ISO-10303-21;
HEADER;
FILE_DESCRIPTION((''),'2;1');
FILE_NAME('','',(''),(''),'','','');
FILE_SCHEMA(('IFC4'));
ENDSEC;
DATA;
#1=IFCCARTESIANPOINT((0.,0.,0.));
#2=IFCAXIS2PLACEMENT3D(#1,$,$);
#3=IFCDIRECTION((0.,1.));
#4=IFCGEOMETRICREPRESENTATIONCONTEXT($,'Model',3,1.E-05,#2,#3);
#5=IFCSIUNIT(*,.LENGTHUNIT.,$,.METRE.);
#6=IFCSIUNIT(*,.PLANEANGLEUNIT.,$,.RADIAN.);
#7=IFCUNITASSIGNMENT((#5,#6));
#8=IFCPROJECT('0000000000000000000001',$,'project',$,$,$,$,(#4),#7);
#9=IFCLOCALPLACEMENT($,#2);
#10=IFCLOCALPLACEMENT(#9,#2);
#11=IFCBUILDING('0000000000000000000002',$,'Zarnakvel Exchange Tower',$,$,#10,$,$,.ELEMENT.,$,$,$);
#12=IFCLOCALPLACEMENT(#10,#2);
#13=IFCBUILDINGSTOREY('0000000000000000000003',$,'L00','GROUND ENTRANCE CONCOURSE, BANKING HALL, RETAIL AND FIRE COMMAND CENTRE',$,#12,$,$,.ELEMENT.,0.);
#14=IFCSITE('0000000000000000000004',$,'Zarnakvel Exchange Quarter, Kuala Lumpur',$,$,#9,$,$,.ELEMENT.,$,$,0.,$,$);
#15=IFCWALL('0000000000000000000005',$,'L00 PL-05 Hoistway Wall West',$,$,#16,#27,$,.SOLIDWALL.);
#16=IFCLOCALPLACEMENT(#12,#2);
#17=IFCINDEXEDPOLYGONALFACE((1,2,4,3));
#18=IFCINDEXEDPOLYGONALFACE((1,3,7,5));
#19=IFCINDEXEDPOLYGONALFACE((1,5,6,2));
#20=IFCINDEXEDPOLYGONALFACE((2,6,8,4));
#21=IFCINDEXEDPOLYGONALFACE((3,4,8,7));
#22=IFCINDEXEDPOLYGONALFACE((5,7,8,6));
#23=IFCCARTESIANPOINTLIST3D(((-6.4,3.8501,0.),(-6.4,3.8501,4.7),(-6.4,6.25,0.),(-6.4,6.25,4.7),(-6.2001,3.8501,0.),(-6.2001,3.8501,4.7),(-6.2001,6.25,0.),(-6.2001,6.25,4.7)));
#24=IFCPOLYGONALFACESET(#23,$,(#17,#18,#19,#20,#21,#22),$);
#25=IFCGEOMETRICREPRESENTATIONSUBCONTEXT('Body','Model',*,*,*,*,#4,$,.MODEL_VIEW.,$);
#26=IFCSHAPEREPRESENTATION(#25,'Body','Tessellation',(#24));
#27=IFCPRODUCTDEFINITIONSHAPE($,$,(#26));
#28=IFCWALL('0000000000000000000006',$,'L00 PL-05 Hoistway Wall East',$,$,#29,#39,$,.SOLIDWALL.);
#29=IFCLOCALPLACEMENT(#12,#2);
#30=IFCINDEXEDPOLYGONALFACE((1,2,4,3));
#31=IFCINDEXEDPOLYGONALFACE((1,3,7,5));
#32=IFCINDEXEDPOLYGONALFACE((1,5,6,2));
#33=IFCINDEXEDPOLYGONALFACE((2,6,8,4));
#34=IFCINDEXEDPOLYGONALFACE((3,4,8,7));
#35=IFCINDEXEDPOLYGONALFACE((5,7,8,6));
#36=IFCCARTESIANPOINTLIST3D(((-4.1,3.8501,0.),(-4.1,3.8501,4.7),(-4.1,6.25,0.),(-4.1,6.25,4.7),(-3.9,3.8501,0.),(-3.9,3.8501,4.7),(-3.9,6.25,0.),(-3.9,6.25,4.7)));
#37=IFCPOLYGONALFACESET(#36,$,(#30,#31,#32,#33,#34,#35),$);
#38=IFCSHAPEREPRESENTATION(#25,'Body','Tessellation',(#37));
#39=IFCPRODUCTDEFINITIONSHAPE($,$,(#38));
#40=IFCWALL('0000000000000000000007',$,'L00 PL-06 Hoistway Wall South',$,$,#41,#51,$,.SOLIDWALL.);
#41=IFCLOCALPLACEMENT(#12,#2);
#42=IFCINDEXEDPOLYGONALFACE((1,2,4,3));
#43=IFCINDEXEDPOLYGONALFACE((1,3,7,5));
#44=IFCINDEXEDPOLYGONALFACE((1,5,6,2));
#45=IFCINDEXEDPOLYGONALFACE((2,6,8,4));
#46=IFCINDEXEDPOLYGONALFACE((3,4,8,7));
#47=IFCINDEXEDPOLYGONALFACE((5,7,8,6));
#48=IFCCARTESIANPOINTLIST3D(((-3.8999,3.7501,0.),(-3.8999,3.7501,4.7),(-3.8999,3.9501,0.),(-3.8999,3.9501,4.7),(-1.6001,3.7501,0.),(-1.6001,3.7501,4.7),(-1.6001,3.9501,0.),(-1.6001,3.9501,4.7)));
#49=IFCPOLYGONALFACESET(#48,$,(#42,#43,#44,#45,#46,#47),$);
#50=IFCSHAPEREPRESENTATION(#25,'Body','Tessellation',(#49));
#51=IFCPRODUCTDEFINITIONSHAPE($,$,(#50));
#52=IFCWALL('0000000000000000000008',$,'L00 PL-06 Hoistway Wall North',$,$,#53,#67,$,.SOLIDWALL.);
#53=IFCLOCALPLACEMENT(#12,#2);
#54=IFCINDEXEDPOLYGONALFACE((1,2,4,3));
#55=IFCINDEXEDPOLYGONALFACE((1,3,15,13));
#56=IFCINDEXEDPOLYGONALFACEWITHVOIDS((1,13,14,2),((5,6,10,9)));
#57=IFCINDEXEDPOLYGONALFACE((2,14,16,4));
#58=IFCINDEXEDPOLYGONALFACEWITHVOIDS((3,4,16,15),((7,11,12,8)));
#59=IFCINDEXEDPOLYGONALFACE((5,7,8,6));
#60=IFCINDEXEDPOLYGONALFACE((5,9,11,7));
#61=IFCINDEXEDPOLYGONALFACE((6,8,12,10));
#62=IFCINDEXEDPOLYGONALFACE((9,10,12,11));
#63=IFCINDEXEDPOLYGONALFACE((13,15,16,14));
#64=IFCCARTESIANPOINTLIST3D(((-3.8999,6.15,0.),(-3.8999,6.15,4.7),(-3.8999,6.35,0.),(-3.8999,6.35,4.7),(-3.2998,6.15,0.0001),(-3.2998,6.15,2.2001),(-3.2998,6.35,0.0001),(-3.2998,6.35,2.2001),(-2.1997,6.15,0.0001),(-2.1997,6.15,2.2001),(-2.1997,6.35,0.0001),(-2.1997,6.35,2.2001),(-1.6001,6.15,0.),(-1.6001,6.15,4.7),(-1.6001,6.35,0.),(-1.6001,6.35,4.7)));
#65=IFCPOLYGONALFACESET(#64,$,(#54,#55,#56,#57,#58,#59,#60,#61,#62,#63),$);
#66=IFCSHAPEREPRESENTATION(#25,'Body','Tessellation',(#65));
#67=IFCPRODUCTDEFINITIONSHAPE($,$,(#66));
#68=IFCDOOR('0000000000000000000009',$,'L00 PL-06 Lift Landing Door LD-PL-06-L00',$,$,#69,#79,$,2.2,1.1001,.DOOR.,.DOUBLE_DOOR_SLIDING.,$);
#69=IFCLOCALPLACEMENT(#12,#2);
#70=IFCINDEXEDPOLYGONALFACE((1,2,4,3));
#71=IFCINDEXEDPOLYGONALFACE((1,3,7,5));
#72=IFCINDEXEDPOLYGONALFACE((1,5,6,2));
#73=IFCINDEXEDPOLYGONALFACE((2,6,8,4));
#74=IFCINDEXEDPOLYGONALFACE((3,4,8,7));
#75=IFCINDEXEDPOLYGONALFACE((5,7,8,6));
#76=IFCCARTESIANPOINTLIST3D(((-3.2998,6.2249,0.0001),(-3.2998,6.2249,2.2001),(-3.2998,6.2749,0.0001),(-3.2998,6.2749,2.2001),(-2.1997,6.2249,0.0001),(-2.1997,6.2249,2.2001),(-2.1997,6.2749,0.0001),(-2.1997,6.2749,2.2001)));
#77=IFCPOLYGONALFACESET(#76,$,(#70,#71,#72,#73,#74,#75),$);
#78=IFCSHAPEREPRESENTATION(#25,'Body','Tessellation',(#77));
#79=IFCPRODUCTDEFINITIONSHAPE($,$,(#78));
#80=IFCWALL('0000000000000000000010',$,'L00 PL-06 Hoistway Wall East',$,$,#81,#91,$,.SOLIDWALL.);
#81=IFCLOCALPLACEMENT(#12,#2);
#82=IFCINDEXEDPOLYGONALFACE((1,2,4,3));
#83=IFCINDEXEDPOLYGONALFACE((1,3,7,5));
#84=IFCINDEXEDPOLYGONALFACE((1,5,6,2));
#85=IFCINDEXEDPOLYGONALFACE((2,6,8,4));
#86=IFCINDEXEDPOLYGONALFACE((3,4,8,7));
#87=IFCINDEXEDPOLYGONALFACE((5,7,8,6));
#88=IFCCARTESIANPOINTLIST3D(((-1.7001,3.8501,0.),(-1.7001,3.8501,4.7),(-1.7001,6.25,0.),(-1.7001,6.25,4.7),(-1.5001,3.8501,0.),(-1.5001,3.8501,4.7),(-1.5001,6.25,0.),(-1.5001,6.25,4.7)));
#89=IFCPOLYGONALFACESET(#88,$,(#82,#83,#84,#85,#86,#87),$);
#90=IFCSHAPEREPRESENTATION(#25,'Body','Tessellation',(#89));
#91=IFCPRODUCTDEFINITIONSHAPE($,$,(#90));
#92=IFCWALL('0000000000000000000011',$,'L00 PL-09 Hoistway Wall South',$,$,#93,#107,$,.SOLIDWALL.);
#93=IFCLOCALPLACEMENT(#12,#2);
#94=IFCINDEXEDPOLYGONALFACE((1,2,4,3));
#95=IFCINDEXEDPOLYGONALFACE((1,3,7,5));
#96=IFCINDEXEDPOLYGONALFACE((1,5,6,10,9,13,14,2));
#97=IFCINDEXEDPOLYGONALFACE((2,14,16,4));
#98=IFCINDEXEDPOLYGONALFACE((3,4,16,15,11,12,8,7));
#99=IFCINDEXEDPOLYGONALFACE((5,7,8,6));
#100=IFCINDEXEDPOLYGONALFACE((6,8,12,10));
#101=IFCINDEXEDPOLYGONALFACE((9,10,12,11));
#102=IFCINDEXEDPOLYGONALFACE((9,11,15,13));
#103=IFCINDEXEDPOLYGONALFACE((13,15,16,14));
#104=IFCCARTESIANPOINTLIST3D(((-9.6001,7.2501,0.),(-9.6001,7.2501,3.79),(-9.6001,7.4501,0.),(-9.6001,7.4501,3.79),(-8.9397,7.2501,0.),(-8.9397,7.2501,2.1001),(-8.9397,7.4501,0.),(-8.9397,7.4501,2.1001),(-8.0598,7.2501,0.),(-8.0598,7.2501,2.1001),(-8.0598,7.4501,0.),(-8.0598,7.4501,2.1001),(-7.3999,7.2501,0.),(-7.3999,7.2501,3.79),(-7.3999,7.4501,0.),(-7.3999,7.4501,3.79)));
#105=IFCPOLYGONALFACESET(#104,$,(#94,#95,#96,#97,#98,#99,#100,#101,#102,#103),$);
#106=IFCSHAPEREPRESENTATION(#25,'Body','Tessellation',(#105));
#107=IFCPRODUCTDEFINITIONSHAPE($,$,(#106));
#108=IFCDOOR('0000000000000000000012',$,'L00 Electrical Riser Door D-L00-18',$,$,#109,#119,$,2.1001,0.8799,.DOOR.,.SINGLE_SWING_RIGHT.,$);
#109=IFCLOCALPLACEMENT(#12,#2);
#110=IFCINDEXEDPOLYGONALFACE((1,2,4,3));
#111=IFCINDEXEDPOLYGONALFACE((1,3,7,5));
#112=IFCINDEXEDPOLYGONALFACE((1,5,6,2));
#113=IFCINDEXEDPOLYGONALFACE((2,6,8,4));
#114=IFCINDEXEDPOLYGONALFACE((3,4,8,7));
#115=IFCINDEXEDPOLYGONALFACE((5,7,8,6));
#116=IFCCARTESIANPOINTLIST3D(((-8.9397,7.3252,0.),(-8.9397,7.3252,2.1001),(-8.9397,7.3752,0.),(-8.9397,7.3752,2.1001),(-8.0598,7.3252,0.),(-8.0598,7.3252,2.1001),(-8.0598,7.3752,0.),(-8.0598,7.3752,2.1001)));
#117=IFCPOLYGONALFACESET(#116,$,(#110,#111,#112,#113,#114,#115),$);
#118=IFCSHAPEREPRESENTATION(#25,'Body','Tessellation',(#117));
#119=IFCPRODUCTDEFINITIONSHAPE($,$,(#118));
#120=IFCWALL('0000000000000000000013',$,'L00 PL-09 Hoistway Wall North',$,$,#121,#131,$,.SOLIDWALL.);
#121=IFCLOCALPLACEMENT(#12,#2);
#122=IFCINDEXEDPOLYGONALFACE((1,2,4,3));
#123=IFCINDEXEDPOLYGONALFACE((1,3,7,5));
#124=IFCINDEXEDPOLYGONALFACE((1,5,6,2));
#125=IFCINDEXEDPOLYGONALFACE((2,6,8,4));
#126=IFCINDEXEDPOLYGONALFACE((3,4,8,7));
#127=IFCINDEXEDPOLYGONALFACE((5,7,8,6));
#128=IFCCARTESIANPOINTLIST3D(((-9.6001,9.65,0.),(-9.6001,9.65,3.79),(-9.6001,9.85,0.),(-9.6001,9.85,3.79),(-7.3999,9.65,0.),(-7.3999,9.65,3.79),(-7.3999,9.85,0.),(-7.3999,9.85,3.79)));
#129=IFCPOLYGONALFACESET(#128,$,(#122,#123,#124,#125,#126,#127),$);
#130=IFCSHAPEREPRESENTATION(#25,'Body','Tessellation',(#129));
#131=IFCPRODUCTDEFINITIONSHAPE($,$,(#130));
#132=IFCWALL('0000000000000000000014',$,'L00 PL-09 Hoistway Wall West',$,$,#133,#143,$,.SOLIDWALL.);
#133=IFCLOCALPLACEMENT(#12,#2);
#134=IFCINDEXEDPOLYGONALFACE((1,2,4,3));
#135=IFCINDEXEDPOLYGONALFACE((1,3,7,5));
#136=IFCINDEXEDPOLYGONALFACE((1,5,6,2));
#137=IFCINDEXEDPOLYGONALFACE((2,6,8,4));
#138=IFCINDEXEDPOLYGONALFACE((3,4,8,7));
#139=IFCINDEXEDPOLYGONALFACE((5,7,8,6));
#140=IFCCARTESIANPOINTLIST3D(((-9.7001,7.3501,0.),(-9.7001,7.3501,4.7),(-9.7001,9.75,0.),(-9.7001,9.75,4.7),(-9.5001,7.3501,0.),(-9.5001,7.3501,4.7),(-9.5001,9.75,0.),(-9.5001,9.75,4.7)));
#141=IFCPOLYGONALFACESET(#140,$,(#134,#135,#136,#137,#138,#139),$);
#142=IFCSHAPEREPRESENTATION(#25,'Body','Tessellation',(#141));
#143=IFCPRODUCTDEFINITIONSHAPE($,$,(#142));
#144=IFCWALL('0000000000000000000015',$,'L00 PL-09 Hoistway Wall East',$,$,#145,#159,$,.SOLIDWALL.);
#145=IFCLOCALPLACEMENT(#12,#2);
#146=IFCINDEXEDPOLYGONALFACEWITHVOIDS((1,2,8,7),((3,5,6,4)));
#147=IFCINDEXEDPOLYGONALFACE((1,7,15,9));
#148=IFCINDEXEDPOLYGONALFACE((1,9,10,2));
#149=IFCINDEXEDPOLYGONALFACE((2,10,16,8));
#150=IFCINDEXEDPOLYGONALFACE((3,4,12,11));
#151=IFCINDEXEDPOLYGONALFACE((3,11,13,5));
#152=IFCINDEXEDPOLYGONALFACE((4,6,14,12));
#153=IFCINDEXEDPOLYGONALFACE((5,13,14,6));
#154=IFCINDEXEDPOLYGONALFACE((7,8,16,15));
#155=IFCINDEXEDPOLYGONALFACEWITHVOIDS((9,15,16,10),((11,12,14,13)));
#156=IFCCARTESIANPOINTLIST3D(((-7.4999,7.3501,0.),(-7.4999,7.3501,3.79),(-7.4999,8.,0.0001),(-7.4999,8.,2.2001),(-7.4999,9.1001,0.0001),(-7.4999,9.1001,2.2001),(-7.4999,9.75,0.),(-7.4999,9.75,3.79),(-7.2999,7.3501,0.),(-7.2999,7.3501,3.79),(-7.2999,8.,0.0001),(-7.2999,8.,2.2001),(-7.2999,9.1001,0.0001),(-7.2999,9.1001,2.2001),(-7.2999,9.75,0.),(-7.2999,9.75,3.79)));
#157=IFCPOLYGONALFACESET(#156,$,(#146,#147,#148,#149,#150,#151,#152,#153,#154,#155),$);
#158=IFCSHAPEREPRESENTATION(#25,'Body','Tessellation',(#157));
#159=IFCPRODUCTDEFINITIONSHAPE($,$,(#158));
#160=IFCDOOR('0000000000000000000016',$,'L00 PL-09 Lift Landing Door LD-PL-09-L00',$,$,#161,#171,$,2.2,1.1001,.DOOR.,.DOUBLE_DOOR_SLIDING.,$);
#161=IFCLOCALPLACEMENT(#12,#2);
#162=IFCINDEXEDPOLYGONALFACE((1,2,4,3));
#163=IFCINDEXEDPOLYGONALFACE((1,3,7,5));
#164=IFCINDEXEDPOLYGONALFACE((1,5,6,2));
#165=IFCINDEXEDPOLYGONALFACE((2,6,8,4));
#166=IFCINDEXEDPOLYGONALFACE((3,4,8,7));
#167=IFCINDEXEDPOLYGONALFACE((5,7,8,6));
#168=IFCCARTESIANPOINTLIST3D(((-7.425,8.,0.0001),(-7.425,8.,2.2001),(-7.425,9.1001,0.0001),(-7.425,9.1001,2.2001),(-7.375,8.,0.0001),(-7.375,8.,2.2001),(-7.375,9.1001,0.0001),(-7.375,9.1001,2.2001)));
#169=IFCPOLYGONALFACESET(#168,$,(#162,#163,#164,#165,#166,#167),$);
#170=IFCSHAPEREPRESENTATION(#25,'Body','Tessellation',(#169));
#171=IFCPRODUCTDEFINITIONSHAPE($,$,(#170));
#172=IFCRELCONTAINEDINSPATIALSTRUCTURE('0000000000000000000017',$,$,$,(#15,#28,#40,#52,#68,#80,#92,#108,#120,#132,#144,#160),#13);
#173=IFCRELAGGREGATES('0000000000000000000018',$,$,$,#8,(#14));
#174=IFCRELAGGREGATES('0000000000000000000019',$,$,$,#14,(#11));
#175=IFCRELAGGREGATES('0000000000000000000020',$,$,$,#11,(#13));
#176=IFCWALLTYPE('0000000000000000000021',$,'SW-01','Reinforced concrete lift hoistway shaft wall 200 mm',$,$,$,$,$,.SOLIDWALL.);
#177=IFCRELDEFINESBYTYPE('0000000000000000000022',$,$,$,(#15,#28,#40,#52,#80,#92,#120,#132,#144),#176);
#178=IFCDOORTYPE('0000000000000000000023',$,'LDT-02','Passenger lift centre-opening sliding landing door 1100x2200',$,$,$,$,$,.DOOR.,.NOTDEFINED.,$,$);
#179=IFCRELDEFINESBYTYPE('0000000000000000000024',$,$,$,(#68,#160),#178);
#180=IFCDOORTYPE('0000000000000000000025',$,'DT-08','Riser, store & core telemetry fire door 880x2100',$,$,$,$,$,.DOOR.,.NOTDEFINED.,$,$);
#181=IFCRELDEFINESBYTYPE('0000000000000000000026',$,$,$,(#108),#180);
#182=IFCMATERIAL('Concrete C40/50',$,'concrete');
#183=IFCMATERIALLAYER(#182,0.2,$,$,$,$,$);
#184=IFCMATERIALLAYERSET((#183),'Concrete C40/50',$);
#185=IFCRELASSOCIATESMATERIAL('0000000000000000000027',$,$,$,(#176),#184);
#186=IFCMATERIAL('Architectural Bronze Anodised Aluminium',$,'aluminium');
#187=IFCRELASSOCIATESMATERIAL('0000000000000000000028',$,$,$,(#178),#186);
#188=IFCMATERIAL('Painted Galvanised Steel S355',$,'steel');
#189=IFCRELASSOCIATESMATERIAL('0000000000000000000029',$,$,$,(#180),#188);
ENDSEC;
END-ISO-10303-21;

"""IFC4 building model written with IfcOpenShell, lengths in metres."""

from ifc_helpers import new_model, si_unit, direction, frame, frame_2d, origin, place, context, subcontext, project, spatial, rectangle, extrude, source, transform, mapped, material, layer, layer_set, type_object, element, fill, save


model = new_model("IFC4")

# Units and contexts
model_context = context("Model", 3, precision=1e-05, world=origin(), true_north=direction((0.0, 1.0)))
body_context = subcontext(model_context, "Body", "Model", "MODEL_VIEW")
ifc_project = project(units=[si_unit("LENGTHUNIT", "METRE"), si_unit("PLANEANGLEUNIT", "RADIAN")], contexts=[model_context])

# Site, building, storey
site_placement = place(None, origin())
site = spatial("IfcSite", under=ifc_project, at=site_placement, Name="Zarnakvel Exchange Quarter, Kuala Lumpur", CompositionType="ELEMENT", RefElevation=0.0)
building_placement = place(site_placement, origin())
building = spatial("IfcBuilding", under=site, at=building_placement, Name="Zarnakvel Exchange Tower", CompositionType="ELEMENT")
storey_placement = place(building_placement, origin())
storey = spatial("IfcBuildingStorey", under=building, at=storey_placement, Name="L00", Description="GROUND ENTRANCE CONCOURSE, BANKING HALL, RETAIL AND FIRE COMMAND CENTRE", CompositionType="ELEMENT", Elevation=0.0)

# Shared definitions
ifc_material_1 = material(Name="Concrete C40/50", Category="concrete")
ifc_layer_1 = layer(ifc_material_1, 0.2)
ifc_layer_set_1 = layer_set([ifc_layer_1], Name="Concrete C40/50")
wall_type_1 = type_object("IfcWallType", Name="SW-01", Description="Reinforced concrete lift hoistway shaft wall 200 mm", PredefinedType="SOLIDWALL", material=ifc_layer_set_1)
shared_shape_1 = source(origin(), body_context, "Body", "SweptSolid", [
    extrude(rectangle(XDim=1.1001, YDim=2.2, at=frame_2d((0.55, 1.1001))), frame((0.0, 0.0249, 0.0), z_axis=(0.0, -1.0, 0.0), x_axis=(1.0, 0.0, 0.0)), (0.0, 0.0, 1.0), 0.05),
])

# Shared definitions
ifc_material_2 = material(Name="Architectural Bronze Anodised Aluminium", Category="aluminium")
door_type_1 = type_object("IfcDoorType", Name="LDT-02", Description="Passenger lift centre-opening sliding landing door 1100x2200", OperationType="NOTDEFINED", PredefinedType="DOOR", material=ifc_material_2)

# Walls
for number, where, z_axis, x_axis, name in (
    (1, (-6.3, 3.8501, 0.0), (0.0, 0.0, 1.0), (0.0, 1.0, 0.0), "L00 PL-05 Hoistway Wall West"),
    (2, (-4.0, 6.25, 0.0), (0.0, 0.0, 1.0), (0.0, -1.0, 0.0), "L00 PL-05 Hoistway Wall East"),
):
    element("IfcWall", number, at=place(storey_placement, frame(where, z_axis=z_axis, x_axis=x_axis)), inside=storey, type_object=wall_type_1, Name=name, PredefinedType="SOLIDWALL", context=body_context, shape_type="SweptSolid", body=[
        extrude(rectangle(XDim=2.3999, YDim=0.2, at=frame_2d((1.2, 0.0))), origin(), (0.0, 0.0, 1.0), 4.7),
    ])
wall_1_placement = place(storey_placement, frame((-1.6001, 3.8501, 0.0), z_axis=(0.0, 0.0, 1.0), x_axis=(-1.0, 0.0, 0.0)))
element("IfcWall", 3, at=wall_1_placement, inside=storey, type_object=wall_type_1, Name="L00 PL-06 Hoistway Wall South", PredefinedType="SOLIDWALL", context=body_context, shape_type="SweptSolid", body=[
    extrude(rectangle(XDim=2.2998, YDim=0.2, at=frame_2d((1.1499, 0.0))), origin(), (0.0, 0.0, 1.0), 4.7),
])

# Wall, opening, door
wall_2_placement = place(storey_placement, frame((-3.8999, 6.25, 0.0), z_axis=(0.0, 0.0, 1.0), x_axis=(1.0, 0.0, 0.0)))
wall_2 = element("IfcWall", 4, at=wall_2_placement, inside=storey, type_object=wall_type_1, Name="L00 PL-06 Hoistway Wall North", PredefinedType="SOLIDWALL", context=body_context, shape_type="SweptSolid", body=[
    extrude(rectangle(XDim=2.2998, YDim=0.2, at=frame_2d((1.1499, 0.0))), origin(), (0.0, 0.0, 1.0), 4.7),
])
opening_1_placement = place(wall_2_placement, frame((0.6001, 0.0, 0.0)))
opening_1 = element("IfcOpeningElement", 5, at=opening_1_placement, cuts=wall_2, PredefinedType="OPENING", context=body_context, shape_type="SweptSolid", body=[
    extrude(rectangle(XDim=1.1001, YDim=2.2, at=frame_2d((0.55, 1.1001))), frame((0.0, 0.1099, 0.0), z_axis=(0.0, -1.0, 0.0), x_axis=(1.0, 0.0, 0.0)), (0.0, 0.0, 1.0), 0.22),
])
door_1_placement = place(opening_1_placement, origin())
door_1 = element("IfcDoor", 6, at=door_1_placement, inside=storey, type_object=door_type_1, Name="L00 PL-06 Lift Landing Door LD-PL-06-L00", OperationType="DOUBLE_DOOR_SLIDING", OverallHeight=2.2, OverallWidth=1.1001, PredefinedType="DOOR", context=body_context, shape_type="MappedRepresentation", body=[
    mapped(shared_shape_1, transform((0.0, 0.0, 0.0), x_axis=(1.0, 0.0, 0.0), y_axis=(0.0, 1.0, 0.0), z_axis=(0.0, 0.0, 1.0), scale=1.0)),
])
fill(opening_1, door_1)

# Wall
wall_3_placement = place(storey_placement, frame((-1.6001, 6.25, 0.0), z_axis=(0.0, 0.0, 1.0), x_axis=(0.0, -1.0, 0.0)))
element("IfcWall", 7, at=wall_3_placement, inside=storey, type_object=wall_type_1, Name="L00 PL-06 Hoistway Wall East", PredefinedType="SOLIDWALL", context=body_context, shape_type="SweptSolid", body=[
    extrude(rectangle(XDim=2.3999, YDim=0.2, at=frame_2d((1.2, 0.0))), origin(), (0.0, 0.0, 1.0), 4.7),
])

# Wall, opening, door
wall_4_placement = place(storey_placement, frame((-7.3999, 7.3501, 0.0), z_axis=(0.0, 0.0, 1.0), x_axis=(-1.0, 0.0, 0.0)))
wall_4 = element("IfcWall", 8, at=wall_4_placement, inside=storey, type_object=wall_type_1, Name="L00 PL-09 Hoistway Wall South", PredefinedType="SOLIDWALL", context=body_context, shape_type="SweptSolid", body=[
    extrude(rectangle(XDim=2.2002, YDim=0.2, at=frame_2d((1.1001, 0.0))), origin(), (0.0, 0.0, 1.0), 3.79),
])
opening_2_placement = place(wall_4_placement, frame((0.6599, 0.0, 0.0)))
opening_2 = element("IfcOpeningElement", 9, at=opening_2_placement, cuts=wall_4, PredefinedType="OPENING", context=body_context, shape_type="SweptSolid", body=[
    extrude(rectangle(XDim=0.8799, YDim=2.1001, at=frame_2d((0.4399, 1.05))), frame((0.0, 0.1099, 0.0), z_axis=(0.0, -1.0, 0.0), x_axis=(1.0, 0.0, 0.0)), (0.0, 0.0, 1.0), 0.22),
])
ifc_material_3 = material(Name="Painted Galvanised Steel S355", Category="steel")
door_type_2 = type_object("IfcDoorType", Name="DT-08", Description="Riser, store & core telemetry fire door 880x2100", OperationType="NOTDEFINED", PredefinedType="DOOR", material=ifc_material_3)
shared_shape_2 = source(origin(), body_context, "Body", "SweptSolid", [
    extrude(rectangle(XDim=0.8799, YDim=2.1001, at=frame_2d((0.4399, 1.05))), frame((0.0, 0.0249, 0.0), z_axis=(0.0, -1.0, 0.0), x_axis=(1.0, 0.0, 0.0)), (0.0, 0.0, 1.0), 0.05),
])
door_2_placement = place(opening_2_placement, origin())
door_2 = element("IfcDoor", 10, at=door_2_placement, inside=storey, type_object=door_type_2, Name="L00 Electrical Riser Door D-L00-18", OperationType="SINGLE_SWING_RIGHT", OverallHeight=2.1001, OverallWidth=0.8799, PredefinedType="DOOR", context=body_context, shape_type="MappedRepresentation", body=[
    mapped(shared_shape_2, transform((0.0, 0.0, 0.0), x_axis=(1.0, 0.0, 0.0), y_axis=(0.0, 1.0, 0.0), z_axis=(0.0, 0.0, 1.0), scale=1.0)),
])
fill(opening_2, door_2)

# Walls
wall_5_placement = place(storey_placement, frame((-9.6001, 9.75, 0.0), z_axis=(0.0, 0.0, 1.0), x_axis=(1.0, 0.0, 0.0)))
element("IfcWall", 11, at=wall_5_placement, inside=storey, type_object=wall_type_1, Name="L00 PL-09 Hoistway Wall North", PredefinedType="SOLIDWALL", context=body_context, shape_type="SweptSolid", body=[
    extrude(rectangle(XDim=2.2002, YDim=0.2, at=frame_2d((1.1001, 0.0))), origin(), (0.0, 0.0, 1.0), 3.79),
])
wall_6_placement = place(storey_placement, frame((-9.6001, 7.3501, 0.0), z_axis=(0.0, 0.0, 1.0), x_axis=(0.0, 1.0, 0.0)))
element("IfcWall", 12, at=wall_6_placement, inside=storey, type_object=wall_type_1, Name="L00 PL-09 Hoistway Wall West", PredefinedType="SOLIDWALL", context=body_context, shape_type="SweptSolid", body=[
    extrude(rectangle(XDim=2.3999, YDim=0.2, at=frame_2d((1.2, 0.0))), origin(), (0.0, 0.0, 1.0), 4.7),
])

# Wall, opening, door
wall_7_placement = place(storey_placement, frame((-7.3999, 9.75, 0.0), z_axis=(0.0, 0.0, 1.0), x_axis=(0.0, -1.0, 0.0)))
wall_7 = element("IfcWall", 13, at=wall_7_placement, inside=storey, type_object=wall_type_1, Name="L00 PL-09 Hoistway Wall East", PredefinedType="SOLIDWALL", context=body_context, shape_type="SweptSolid", body=[
    extrude(rectangle(XDim=2.3999, YDim=0.2, at=frame_2d((1.2, 0.0))), origin(), (0.0, 0.0, 1.0), 3.79),
])
opening_3_placement = place(wall_7_placement, frame((0.6499, 0.0, 0.0)))
opening_3 = element("IfcOpeningElement", 14, at=opening_3_placement, cuts=wall_7, PredefinedType="OPENING", context=body_context, shape_type="SweptSolid", body=[
    extrude(rectangle(XDim=1.1001, YDim=2.2, at=frame_2d((0.55, 1.1001))), frame((0.0, 0.1099, 0.0), z_axis=(0.0, -1.0, 0.0), x_axis=(1.0, 0.0, 0.0)), (0.0, 0.0, 1.0), 0.22),
])
door_3_placement = place(opening_3_placement, origin())
door_3 = element("IfcDoor", 15, at=door_3_placement, inside=storey, type_object=door_type_1, Name="L00 PL-09 Lift Landing Door LD-PL-09-L00", OperationType="DOUBLE_DOOR_SLIDING", OverallHeight=2.2, OverallWidth=1.1001, PredefinedType="DOOR", context=body_context, shape_type="MappedRepresentation", body=[
    mapped(shared_shape_1, transform((0.0, 0.0, 0.0), x_axis=(1.0, 0.0, 0.0), y_axis=(0.0, 1.0, 0.0), z_axis=(0.0, 0.0, 1.0), scale=1.0)),
])
fill(opening_3, door_3)

save(model, "model.ifc")
